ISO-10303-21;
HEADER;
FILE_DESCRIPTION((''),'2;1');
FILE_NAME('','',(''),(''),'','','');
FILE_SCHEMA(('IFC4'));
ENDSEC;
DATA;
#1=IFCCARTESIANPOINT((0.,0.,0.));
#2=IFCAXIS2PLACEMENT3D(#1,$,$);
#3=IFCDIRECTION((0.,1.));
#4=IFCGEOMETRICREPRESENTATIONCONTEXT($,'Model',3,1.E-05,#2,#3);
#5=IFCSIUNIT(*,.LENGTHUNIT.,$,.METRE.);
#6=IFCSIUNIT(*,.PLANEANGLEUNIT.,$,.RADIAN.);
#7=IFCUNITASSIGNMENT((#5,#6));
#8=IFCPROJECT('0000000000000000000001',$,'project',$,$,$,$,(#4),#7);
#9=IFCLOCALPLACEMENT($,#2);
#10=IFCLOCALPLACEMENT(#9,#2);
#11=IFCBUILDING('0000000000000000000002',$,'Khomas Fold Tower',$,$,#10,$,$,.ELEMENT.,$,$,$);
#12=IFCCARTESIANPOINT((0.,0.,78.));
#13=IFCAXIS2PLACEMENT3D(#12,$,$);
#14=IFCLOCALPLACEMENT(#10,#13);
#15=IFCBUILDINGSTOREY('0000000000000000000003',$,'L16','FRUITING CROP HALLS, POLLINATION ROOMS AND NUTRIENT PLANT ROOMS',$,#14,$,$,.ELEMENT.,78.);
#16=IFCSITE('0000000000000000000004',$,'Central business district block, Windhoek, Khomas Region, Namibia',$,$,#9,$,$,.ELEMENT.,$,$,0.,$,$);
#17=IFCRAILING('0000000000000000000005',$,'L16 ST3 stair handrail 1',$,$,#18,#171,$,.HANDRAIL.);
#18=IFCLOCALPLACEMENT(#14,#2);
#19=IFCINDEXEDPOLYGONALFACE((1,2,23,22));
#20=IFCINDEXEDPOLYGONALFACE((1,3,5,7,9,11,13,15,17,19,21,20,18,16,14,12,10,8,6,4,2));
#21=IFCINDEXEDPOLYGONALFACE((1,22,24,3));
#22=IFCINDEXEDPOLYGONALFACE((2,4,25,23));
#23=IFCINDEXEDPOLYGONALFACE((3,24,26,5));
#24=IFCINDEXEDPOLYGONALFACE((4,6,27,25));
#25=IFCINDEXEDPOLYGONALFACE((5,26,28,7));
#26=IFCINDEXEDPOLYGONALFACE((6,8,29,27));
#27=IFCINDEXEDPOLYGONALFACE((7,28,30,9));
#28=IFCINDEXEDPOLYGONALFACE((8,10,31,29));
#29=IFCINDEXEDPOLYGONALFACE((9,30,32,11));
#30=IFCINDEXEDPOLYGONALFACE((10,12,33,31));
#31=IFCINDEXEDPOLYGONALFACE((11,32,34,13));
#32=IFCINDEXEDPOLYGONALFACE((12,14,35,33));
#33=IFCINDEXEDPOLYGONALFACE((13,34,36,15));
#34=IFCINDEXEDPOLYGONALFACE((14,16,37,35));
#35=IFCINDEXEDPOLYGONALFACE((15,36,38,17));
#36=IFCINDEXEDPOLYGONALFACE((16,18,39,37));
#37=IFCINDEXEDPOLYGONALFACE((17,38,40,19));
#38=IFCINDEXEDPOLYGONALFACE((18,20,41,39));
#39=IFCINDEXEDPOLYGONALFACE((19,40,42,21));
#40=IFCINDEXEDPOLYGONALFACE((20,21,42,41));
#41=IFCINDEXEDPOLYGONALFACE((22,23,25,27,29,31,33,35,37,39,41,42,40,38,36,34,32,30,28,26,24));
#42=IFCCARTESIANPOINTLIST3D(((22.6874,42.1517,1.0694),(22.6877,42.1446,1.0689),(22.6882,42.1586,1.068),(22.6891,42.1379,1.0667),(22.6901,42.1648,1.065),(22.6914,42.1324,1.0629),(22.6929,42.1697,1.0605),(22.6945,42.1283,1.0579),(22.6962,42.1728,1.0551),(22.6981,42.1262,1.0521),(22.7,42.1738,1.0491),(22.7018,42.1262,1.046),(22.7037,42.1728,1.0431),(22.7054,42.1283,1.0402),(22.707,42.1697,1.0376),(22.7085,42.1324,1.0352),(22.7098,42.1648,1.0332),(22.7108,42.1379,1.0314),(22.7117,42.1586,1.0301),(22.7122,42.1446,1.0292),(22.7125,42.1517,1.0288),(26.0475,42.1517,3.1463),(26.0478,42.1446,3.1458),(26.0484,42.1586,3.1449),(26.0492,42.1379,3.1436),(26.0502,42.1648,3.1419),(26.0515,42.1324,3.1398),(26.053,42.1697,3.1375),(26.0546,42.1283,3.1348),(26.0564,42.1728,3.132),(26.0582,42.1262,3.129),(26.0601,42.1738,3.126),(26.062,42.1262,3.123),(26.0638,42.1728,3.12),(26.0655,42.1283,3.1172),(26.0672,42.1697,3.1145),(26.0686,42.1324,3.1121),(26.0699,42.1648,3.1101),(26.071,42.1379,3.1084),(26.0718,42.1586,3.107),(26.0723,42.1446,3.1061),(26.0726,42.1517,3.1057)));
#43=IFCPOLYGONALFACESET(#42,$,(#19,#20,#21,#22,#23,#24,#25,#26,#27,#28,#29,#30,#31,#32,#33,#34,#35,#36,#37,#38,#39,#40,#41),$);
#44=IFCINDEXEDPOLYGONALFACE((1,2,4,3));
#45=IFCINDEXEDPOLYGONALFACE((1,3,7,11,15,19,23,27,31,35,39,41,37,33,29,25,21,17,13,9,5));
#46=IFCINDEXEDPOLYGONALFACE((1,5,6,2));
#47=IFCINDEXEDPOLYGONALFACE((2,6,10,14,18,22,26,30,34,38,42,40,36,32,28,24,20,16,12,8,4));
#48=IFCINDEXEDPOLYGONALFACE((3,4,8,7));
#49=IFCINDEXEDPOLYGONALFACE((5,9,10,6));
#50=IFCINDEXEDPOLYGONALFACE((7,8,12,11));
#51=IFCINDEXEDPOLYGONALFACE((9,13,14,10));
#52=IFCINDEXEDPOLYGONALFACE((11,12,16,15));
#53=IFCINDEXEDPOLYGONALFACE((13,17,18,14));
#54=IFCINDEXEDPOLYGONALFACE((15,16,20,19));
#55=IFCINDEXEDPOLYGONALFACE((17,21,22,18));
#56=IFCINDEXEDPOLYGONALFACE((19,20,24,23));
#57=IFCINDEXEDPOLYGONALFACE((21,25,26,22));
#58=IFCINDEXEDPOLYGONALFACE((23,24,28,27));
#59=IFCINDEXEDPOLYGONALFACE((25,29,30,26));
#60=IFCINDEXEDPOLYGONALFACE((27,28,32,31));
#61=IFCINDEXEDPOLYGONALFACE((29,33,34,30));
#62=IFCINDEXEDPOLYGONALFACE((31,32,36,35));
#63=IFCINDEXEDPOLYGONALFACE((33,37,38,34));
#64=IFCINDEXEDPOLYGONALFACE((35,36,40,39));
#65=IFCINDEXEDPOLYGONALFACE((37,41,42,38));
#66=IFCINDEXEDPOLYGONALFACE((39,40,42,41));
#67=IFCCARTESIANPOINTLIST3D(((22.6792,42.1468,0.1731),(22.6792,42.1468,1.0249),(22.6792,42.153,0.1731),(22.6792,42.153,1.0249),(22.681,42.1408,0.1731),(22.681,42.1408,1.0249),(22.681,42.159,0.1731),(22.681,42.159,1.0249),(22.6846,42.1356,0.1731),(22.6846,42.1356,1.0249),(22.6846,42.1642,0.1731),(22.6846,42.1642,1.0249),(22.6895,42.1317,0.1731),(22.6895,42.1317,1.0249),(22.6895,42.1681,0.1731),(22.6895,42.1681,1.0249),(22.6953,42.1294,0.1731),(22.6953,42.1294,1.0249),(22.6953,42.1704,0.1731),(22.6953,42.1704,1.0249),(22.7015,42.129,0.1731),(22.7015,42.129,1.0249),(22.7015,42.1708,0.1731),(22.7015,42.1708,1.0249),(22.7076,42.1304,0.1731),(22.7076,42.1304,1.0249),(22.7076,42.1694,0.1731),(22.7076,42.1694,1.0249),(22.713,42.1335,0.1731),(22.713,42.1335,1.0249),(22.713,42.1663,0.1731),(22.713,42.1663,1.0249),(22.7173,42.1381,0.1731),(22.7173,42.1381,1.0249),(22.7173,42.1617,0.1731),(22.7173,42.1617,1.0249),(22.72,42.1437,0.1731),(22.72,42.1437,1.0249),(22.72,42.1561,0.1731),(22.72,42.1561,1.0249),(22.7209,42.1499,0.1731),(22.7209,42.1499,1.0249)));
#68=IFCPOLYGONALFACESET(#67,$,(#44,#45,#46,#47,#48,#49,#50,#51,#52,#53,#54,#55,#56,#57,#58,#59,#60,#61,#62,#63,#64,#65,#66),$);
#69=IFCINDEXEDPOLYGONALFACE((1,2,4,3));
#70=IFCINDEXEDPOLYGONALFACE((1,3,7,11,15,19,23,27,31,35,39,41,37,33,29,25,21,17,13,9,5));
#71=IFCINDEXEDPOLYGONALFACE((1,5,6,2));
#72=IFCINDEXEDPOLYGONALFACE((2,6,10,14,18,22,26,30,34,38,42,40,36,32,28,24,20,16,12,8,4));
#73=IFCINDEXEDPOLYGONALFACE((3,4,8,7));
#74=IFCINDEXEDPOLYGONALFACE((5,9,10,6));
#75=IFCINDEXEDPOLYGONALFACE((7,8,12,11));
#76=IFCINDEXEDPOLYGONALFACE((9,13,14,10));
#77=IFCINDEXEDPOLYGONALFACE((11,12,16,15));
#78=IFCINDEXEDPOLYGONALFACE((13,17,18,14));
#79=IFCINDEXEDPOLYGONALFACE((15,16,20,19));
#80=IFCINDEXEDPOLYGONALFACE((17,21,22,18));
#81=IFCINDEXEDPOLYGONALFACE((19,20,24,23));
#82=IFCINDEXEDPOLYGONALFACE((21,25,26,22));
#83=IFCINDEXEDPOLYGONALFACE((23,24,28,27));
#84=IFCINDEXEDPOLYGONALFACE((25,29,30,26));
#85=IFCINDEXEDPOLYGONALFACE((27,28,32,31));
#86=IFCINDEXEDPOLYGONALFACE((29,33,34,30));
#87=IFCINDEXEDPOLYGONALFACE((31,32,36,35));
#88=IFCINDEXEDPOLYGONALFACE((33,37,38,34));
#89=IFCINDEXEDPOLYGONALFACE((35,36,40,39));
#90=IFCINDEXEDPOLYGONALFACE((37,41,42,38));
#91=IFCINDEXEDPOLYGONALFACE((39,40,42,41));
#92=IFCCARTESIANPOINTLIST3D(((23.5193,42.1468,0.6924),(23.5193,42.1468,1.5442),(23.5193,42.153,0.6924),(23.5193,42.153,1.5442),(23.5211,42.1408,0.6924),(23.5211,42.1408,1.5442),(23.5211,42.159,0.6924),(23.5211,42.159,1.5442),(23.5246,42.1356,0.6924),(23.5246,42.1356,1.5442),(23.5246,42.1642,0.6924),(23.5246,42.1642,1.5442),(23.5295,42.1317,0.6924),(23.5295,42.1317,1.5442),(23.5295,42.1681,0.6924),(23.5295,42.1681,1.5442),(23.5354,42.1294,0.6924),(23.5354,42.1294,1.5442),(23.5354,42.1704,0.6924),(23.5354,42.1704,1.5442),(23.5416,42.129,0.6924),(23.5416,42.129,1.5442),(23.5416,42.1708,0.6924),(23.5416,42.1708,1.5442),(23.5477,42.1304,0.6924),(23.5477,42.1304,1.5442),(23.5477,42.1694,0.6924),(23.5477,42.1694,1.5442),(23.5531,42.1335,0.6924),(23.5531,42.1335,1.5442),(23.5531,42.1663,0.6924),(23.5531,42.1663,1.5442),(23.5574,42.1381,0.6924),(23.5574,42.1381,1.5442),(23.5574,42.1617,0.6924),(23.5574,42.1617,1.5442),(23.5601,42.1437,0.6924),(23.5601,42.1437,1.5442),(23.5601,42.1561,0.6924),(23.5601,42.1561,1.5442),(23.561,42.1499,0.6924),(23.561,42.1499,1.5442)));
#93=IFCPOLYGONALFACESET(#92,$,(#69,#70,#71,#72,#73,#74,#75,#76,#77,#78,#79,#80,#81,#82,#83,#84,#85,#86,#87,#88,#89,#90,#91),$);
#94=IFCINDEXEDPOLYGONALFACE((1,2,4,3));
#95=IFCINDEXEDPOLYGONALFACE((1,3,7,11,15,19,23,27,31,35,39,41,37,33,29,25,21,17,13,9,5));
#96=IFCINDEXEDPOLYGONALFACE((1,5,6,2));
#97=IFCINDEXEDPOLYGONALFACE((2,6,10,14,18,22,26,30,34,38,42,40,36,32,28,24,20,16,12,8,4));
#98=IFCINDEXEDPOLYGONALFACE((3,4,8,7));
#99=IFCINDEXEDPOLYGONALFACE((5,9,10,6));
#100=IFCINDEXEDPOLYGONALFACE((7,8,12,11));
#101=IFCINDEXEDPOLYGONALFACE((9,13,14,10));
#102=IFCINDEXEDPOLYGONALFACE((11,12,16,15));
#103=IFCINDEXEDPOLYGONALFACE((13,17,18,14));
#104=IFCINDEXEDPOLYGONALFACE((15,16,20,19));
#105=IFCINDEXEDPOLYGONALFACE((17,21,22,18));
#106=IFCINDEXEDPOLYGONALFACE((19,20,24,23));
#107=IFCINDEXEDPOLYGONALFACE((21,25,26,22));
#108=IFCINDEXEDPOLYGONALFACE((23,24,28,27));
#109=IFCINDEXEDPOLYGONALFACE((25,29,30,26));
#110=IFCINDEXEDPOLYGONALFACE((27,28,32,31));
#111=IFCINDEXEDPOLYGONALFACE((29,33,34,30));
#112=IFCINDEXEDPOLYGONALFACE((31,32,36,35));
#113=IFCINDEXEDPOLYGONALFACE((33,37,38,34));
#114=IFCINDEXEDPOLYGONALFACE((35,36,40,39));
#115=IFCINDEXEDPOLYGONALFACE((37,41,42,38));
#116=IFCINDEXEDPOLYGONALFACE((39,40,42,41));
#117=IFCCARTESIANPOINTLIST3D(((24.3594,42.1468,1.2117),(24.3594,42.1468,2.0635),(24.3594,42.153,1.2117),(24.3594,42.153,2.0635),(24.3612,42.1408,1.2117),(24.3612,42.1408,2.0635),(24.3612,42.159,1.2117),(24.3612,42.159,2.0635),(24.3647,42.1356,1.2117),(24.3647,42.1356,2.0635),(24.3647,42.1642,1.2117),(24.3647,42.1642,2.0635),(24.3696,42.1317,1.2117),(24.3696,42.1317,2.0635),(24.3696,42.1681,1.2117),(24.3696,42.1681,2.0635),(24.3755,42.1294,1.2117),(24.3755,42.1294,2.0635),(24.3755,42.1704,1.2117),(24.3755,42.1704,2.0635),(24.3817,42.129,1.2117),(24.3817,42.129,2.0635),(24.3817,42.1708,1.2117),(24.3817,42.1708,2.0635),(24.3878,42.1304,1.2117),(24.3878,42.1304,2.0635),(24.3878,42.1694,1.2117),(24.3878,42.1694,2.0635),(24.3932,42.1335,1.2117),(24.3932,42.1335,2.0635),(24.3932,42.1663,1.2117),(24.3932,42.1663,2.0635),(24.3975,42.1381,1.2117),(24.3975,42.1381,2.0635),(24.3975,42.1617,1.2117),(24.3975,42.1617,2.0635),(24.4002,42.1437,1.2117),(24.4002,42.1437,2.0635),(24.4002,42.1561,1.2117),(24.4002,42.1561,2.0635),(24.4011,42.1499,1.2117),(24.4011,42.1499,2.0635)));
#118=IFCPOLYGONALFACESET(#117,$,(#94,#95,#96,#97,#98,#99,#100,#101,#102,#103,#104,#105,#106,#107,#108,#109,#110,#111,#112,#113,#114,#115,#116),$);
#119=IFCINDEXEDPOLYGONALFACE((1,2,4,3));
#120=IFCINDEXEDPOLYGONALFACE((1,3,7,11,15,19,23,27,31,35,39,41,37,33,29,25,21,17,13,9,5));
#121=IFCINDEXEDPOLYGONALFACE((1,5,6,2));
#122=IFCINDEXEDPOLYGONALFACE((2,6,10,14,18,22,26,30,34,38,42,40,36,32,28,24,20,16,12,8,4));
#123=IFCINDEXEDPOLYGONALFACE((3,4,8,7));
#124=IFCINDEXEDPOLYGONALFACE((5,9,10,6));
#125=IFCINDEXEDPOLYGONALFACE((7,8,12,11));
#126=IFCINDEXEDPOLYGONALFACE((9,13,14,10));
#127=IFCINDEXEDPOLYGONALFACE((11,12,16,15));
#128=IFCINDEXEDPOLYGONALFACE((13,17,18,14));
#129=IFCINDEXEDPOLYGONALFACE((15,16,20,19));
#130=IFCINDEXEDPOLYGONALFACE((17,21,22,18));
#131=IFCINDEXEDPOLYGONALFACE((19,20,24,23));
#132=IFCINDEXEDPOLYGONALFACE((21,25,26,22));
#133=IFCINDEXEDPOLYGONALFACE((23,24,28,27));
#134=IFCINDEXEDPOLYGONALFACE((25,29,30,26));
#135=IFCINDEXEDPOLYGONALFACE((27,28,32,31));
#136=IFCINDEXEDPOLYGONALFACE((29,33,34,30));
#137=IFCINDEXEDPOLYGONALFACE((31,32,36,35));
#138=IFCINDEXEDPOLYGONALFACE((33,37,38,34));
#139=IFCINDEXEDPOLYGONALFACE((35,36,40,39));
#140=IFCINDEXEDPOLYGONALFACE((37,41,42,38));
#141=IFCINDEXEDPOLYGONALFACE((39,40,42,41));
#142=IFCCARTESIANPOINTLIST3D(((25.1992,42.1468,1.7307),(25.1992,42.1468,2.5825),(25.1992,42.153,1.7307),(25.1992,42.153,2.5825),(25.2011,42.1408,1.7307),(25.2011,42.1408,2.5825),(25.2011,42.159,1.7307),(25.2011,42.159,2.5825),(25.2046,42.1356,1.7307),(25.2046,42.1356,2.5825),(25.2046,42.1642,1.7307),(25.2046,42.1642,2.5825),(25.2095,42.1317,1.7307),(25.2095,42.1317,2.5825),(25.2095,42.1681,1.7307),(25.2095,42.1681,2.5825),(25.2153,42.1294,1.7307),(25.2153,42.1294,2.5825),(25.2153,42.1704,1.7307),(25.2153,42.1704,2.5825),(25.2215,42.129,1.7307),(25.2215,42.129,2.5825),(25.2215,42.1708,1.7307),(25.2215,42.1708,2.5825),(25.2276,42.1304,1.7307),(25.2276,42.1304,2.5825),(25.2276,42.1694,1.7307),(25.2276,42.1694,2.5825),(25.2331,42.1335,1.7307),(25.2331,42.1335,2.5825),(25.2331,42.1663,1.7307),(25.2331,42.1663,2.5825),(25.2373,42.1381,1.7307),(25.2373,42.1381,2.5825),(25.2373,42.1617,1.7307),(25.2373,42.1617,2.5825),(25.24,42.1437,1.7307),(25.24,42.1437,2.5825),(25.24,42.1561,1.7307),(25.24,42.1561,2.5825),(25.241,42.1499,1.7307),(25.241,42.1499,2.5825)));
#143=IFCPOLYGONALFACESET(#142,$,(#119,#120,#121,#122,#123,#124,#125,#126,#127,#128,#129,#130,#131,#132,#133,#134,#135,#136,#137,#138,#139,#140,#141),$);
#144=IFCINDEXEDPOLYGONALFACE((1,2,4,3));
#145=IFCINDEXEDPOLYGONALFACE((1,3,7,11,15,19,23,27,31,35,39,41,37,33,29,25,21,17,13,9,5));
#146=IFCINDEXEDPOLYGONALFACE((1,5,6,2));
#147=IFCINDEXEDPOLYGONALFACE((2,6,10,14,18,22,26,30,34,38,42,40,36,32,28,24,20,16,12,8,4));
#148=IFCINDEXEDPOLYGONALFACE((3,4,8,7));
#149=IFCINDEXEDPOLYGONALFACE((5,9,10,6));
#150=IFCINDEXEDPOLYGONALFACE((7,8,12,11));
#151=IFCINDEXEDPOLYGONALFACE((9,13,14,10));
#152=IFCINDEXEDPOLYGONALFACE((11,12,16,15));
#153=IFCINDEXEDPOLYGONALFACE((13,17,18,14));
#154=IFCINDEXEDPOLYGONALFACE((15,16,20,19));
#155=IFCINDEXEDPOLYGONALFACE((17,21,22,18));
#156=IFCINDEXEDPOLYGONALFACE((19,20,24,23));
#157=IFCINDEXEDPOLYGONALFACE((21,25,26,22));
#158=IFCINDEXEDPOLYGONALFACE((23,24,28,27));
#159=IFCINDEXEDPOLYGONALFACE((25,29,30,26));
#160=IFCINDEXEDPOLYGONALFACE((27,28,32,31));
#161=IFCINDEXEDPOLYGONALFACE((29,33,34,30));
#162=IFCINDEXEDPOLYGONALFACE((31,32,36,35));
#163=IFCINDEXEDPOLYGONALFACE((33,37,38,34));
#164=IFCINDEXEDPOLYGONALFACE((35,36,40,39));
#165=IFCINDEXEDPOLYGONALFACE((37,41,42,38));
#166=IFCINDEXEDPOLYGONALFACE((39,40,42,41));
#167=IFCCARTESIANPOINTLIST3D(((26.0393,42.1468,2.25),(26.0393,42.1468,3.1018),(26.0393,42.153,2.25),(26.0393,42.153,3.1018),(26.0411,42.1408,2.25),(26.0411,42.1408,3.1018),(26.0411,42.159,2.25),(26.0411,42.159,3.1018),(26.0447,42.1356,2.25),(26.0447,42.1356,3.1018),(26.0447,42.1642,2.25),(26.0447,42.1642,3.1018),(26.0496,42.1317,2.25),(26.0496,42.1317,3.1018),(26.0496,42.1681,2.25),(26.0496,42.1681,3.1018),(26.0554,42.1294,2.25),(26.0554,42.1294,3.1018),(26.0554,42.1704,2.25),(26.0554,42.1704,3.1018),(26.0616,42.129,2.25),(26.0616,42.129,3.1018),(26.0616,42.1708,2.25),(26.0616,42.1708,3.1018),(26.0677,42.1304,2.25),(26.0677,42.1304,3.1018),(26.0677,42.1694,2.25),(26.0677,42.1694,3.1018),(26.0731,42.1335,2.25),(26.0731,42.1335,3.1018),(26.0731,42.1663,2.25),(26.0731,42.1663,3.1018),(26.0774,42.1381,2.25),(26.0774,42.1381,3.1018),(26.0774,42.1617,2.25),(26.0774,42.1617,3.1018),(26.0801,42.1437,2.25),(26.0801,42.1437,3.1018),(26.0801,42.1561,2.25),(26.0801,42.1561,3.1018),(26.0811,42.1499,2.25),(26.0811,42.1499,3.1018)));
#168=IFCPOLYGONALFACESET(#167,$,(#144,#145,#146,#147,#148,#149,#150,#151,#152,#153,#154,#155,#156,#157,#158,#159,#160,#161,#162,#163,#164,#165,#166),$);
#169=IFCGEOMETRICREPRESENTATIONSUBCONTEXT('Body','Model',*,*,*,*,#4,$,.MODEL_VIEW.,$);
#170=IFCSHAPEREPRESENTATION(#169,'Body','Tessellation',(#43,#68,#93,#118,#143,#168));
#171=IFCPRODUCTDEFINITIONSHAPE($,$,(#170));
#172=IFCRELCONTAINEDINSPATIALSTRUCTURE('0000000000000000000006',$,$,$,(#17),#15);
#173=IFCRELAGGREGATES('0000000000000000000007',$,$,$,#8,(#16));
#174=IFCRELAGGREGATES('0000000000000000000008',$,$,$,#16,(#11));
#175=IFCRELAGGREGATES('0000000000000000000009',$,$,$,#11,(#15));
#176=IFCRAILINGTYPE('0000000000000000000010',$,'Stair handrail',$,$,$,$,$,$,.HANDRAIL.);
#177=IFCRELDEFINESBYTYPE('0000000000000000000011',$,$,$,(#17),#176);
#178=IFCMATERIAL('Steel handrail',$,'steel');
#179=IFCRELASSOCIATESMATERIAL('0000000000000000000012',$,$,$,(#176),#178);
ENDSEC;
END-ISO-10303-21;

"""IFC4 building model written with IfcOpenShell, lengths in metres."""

from ifc_helpers import new_model, si_unit, direction, frame, origin, origin_2d, place, context, subcontext, project, spatial, circle, extrude, source, transform, mapped, material, type_object, element, save


model = new_model("IFC4")

# Units and contexts
model_context = context("Model", 3, precision=1e-05, world=origin(), true_north=direction((0.0, 1.0)))
body_context = subcontext(model_context, "Body", "Model", "MODEL_VIEW")
ifc_project = project(units=[si_unit("LENGTHUNIT", "METRE"), si_unit("PLANEANGLEUNIT", "RADIAN")], contexts=[model_context])

# Site, building, storey
site_placement = place(None, origin())
site = spatial("IfcSite", under=ifc_project, at=site_placement, Name="Central business district block, Windhoek, Khomas Region, Namibia", CompositionType="ELEMENT", RefElevation=0.0)
building_placement = place(site_placement, origin())
building = spatial("IfcBuilding", under=site, at=building_placement, Name="Khomas Fold Tower", CompositionType="ELEMENT")
storey_placement = place(building_placement, frame((0.0, 0.0, 78.0)))
storey = spatial("IfcBuildingStorey", under=building, at=storey_placement, Name="L16", Description="FRUITING CROP HALLS, POLLINATION ROOMS AND NUTRIENT PLANT ROOMS", CompositionType="ELEMENT", Elevation=78.0)

# Railing
ifc_material_1 = material(Name="Steel handrail", Category="steel")
railing_type = type_object("IfcRailingType", Name="Stair handrail", PredefinedType="HANDRAIL", material=ifc_material_1)
shared_shape_1 = source(origin(), body_context, "Body", "SweptSolid", [
    extrude(circle(Radius=0.0239, at=origin_2d()), frame((0.0, 0.0, 0.876), z_axis=(0.850623, 0.0, 0.525776), x_axis=(0.0, 1.0, 0.0)), (0.0, 0.0, 1.0), 3.9502),
    extrude(circle(Radius=0.021, at=origin_2d()), origin(), (0.0, 0.0, 1.0), 0.8518),
    extrude(circle(Radius=0.021, at=origin_2d()), frame((0.8401, 0.0, 0.5193)), (0.0, 0.0, 1.0), 0.8518),
    extrude(circle(Radius=0.021, at=origin_2d()), frame((1.6802, 0.0, 1.0386)), (0.0, 0.0, 1.0), 0.8518),
    extrude(circle(Radius=0.021, at=origin_2d()), frame((2.52, 0.0, 1.5576)), (0.0, 0.0, 1.0), 0.8518),
    extrude(circle(Radius=0.021, at=origin_2d()), frame((3.3601, 0.0, 2.0769)), (0.0, 0.0, 1.0), 0.8518),
])
railing_placement = place(storey_placement, frame((22.7, 42.1499, 0.1731)))
element("IfcRailing", 1, at=railing_placement, inside=storey, type_object=railing_type, Name="L16 ST3 stair handrail 1", PredefinedType="HANDRAIL", context=body_context, shape_type="MappedRepresentation", body=[
    mapped(shared_shape_1, transform((0.0, 0.0, 0.0))),
])

save(model, "model.ifc")
